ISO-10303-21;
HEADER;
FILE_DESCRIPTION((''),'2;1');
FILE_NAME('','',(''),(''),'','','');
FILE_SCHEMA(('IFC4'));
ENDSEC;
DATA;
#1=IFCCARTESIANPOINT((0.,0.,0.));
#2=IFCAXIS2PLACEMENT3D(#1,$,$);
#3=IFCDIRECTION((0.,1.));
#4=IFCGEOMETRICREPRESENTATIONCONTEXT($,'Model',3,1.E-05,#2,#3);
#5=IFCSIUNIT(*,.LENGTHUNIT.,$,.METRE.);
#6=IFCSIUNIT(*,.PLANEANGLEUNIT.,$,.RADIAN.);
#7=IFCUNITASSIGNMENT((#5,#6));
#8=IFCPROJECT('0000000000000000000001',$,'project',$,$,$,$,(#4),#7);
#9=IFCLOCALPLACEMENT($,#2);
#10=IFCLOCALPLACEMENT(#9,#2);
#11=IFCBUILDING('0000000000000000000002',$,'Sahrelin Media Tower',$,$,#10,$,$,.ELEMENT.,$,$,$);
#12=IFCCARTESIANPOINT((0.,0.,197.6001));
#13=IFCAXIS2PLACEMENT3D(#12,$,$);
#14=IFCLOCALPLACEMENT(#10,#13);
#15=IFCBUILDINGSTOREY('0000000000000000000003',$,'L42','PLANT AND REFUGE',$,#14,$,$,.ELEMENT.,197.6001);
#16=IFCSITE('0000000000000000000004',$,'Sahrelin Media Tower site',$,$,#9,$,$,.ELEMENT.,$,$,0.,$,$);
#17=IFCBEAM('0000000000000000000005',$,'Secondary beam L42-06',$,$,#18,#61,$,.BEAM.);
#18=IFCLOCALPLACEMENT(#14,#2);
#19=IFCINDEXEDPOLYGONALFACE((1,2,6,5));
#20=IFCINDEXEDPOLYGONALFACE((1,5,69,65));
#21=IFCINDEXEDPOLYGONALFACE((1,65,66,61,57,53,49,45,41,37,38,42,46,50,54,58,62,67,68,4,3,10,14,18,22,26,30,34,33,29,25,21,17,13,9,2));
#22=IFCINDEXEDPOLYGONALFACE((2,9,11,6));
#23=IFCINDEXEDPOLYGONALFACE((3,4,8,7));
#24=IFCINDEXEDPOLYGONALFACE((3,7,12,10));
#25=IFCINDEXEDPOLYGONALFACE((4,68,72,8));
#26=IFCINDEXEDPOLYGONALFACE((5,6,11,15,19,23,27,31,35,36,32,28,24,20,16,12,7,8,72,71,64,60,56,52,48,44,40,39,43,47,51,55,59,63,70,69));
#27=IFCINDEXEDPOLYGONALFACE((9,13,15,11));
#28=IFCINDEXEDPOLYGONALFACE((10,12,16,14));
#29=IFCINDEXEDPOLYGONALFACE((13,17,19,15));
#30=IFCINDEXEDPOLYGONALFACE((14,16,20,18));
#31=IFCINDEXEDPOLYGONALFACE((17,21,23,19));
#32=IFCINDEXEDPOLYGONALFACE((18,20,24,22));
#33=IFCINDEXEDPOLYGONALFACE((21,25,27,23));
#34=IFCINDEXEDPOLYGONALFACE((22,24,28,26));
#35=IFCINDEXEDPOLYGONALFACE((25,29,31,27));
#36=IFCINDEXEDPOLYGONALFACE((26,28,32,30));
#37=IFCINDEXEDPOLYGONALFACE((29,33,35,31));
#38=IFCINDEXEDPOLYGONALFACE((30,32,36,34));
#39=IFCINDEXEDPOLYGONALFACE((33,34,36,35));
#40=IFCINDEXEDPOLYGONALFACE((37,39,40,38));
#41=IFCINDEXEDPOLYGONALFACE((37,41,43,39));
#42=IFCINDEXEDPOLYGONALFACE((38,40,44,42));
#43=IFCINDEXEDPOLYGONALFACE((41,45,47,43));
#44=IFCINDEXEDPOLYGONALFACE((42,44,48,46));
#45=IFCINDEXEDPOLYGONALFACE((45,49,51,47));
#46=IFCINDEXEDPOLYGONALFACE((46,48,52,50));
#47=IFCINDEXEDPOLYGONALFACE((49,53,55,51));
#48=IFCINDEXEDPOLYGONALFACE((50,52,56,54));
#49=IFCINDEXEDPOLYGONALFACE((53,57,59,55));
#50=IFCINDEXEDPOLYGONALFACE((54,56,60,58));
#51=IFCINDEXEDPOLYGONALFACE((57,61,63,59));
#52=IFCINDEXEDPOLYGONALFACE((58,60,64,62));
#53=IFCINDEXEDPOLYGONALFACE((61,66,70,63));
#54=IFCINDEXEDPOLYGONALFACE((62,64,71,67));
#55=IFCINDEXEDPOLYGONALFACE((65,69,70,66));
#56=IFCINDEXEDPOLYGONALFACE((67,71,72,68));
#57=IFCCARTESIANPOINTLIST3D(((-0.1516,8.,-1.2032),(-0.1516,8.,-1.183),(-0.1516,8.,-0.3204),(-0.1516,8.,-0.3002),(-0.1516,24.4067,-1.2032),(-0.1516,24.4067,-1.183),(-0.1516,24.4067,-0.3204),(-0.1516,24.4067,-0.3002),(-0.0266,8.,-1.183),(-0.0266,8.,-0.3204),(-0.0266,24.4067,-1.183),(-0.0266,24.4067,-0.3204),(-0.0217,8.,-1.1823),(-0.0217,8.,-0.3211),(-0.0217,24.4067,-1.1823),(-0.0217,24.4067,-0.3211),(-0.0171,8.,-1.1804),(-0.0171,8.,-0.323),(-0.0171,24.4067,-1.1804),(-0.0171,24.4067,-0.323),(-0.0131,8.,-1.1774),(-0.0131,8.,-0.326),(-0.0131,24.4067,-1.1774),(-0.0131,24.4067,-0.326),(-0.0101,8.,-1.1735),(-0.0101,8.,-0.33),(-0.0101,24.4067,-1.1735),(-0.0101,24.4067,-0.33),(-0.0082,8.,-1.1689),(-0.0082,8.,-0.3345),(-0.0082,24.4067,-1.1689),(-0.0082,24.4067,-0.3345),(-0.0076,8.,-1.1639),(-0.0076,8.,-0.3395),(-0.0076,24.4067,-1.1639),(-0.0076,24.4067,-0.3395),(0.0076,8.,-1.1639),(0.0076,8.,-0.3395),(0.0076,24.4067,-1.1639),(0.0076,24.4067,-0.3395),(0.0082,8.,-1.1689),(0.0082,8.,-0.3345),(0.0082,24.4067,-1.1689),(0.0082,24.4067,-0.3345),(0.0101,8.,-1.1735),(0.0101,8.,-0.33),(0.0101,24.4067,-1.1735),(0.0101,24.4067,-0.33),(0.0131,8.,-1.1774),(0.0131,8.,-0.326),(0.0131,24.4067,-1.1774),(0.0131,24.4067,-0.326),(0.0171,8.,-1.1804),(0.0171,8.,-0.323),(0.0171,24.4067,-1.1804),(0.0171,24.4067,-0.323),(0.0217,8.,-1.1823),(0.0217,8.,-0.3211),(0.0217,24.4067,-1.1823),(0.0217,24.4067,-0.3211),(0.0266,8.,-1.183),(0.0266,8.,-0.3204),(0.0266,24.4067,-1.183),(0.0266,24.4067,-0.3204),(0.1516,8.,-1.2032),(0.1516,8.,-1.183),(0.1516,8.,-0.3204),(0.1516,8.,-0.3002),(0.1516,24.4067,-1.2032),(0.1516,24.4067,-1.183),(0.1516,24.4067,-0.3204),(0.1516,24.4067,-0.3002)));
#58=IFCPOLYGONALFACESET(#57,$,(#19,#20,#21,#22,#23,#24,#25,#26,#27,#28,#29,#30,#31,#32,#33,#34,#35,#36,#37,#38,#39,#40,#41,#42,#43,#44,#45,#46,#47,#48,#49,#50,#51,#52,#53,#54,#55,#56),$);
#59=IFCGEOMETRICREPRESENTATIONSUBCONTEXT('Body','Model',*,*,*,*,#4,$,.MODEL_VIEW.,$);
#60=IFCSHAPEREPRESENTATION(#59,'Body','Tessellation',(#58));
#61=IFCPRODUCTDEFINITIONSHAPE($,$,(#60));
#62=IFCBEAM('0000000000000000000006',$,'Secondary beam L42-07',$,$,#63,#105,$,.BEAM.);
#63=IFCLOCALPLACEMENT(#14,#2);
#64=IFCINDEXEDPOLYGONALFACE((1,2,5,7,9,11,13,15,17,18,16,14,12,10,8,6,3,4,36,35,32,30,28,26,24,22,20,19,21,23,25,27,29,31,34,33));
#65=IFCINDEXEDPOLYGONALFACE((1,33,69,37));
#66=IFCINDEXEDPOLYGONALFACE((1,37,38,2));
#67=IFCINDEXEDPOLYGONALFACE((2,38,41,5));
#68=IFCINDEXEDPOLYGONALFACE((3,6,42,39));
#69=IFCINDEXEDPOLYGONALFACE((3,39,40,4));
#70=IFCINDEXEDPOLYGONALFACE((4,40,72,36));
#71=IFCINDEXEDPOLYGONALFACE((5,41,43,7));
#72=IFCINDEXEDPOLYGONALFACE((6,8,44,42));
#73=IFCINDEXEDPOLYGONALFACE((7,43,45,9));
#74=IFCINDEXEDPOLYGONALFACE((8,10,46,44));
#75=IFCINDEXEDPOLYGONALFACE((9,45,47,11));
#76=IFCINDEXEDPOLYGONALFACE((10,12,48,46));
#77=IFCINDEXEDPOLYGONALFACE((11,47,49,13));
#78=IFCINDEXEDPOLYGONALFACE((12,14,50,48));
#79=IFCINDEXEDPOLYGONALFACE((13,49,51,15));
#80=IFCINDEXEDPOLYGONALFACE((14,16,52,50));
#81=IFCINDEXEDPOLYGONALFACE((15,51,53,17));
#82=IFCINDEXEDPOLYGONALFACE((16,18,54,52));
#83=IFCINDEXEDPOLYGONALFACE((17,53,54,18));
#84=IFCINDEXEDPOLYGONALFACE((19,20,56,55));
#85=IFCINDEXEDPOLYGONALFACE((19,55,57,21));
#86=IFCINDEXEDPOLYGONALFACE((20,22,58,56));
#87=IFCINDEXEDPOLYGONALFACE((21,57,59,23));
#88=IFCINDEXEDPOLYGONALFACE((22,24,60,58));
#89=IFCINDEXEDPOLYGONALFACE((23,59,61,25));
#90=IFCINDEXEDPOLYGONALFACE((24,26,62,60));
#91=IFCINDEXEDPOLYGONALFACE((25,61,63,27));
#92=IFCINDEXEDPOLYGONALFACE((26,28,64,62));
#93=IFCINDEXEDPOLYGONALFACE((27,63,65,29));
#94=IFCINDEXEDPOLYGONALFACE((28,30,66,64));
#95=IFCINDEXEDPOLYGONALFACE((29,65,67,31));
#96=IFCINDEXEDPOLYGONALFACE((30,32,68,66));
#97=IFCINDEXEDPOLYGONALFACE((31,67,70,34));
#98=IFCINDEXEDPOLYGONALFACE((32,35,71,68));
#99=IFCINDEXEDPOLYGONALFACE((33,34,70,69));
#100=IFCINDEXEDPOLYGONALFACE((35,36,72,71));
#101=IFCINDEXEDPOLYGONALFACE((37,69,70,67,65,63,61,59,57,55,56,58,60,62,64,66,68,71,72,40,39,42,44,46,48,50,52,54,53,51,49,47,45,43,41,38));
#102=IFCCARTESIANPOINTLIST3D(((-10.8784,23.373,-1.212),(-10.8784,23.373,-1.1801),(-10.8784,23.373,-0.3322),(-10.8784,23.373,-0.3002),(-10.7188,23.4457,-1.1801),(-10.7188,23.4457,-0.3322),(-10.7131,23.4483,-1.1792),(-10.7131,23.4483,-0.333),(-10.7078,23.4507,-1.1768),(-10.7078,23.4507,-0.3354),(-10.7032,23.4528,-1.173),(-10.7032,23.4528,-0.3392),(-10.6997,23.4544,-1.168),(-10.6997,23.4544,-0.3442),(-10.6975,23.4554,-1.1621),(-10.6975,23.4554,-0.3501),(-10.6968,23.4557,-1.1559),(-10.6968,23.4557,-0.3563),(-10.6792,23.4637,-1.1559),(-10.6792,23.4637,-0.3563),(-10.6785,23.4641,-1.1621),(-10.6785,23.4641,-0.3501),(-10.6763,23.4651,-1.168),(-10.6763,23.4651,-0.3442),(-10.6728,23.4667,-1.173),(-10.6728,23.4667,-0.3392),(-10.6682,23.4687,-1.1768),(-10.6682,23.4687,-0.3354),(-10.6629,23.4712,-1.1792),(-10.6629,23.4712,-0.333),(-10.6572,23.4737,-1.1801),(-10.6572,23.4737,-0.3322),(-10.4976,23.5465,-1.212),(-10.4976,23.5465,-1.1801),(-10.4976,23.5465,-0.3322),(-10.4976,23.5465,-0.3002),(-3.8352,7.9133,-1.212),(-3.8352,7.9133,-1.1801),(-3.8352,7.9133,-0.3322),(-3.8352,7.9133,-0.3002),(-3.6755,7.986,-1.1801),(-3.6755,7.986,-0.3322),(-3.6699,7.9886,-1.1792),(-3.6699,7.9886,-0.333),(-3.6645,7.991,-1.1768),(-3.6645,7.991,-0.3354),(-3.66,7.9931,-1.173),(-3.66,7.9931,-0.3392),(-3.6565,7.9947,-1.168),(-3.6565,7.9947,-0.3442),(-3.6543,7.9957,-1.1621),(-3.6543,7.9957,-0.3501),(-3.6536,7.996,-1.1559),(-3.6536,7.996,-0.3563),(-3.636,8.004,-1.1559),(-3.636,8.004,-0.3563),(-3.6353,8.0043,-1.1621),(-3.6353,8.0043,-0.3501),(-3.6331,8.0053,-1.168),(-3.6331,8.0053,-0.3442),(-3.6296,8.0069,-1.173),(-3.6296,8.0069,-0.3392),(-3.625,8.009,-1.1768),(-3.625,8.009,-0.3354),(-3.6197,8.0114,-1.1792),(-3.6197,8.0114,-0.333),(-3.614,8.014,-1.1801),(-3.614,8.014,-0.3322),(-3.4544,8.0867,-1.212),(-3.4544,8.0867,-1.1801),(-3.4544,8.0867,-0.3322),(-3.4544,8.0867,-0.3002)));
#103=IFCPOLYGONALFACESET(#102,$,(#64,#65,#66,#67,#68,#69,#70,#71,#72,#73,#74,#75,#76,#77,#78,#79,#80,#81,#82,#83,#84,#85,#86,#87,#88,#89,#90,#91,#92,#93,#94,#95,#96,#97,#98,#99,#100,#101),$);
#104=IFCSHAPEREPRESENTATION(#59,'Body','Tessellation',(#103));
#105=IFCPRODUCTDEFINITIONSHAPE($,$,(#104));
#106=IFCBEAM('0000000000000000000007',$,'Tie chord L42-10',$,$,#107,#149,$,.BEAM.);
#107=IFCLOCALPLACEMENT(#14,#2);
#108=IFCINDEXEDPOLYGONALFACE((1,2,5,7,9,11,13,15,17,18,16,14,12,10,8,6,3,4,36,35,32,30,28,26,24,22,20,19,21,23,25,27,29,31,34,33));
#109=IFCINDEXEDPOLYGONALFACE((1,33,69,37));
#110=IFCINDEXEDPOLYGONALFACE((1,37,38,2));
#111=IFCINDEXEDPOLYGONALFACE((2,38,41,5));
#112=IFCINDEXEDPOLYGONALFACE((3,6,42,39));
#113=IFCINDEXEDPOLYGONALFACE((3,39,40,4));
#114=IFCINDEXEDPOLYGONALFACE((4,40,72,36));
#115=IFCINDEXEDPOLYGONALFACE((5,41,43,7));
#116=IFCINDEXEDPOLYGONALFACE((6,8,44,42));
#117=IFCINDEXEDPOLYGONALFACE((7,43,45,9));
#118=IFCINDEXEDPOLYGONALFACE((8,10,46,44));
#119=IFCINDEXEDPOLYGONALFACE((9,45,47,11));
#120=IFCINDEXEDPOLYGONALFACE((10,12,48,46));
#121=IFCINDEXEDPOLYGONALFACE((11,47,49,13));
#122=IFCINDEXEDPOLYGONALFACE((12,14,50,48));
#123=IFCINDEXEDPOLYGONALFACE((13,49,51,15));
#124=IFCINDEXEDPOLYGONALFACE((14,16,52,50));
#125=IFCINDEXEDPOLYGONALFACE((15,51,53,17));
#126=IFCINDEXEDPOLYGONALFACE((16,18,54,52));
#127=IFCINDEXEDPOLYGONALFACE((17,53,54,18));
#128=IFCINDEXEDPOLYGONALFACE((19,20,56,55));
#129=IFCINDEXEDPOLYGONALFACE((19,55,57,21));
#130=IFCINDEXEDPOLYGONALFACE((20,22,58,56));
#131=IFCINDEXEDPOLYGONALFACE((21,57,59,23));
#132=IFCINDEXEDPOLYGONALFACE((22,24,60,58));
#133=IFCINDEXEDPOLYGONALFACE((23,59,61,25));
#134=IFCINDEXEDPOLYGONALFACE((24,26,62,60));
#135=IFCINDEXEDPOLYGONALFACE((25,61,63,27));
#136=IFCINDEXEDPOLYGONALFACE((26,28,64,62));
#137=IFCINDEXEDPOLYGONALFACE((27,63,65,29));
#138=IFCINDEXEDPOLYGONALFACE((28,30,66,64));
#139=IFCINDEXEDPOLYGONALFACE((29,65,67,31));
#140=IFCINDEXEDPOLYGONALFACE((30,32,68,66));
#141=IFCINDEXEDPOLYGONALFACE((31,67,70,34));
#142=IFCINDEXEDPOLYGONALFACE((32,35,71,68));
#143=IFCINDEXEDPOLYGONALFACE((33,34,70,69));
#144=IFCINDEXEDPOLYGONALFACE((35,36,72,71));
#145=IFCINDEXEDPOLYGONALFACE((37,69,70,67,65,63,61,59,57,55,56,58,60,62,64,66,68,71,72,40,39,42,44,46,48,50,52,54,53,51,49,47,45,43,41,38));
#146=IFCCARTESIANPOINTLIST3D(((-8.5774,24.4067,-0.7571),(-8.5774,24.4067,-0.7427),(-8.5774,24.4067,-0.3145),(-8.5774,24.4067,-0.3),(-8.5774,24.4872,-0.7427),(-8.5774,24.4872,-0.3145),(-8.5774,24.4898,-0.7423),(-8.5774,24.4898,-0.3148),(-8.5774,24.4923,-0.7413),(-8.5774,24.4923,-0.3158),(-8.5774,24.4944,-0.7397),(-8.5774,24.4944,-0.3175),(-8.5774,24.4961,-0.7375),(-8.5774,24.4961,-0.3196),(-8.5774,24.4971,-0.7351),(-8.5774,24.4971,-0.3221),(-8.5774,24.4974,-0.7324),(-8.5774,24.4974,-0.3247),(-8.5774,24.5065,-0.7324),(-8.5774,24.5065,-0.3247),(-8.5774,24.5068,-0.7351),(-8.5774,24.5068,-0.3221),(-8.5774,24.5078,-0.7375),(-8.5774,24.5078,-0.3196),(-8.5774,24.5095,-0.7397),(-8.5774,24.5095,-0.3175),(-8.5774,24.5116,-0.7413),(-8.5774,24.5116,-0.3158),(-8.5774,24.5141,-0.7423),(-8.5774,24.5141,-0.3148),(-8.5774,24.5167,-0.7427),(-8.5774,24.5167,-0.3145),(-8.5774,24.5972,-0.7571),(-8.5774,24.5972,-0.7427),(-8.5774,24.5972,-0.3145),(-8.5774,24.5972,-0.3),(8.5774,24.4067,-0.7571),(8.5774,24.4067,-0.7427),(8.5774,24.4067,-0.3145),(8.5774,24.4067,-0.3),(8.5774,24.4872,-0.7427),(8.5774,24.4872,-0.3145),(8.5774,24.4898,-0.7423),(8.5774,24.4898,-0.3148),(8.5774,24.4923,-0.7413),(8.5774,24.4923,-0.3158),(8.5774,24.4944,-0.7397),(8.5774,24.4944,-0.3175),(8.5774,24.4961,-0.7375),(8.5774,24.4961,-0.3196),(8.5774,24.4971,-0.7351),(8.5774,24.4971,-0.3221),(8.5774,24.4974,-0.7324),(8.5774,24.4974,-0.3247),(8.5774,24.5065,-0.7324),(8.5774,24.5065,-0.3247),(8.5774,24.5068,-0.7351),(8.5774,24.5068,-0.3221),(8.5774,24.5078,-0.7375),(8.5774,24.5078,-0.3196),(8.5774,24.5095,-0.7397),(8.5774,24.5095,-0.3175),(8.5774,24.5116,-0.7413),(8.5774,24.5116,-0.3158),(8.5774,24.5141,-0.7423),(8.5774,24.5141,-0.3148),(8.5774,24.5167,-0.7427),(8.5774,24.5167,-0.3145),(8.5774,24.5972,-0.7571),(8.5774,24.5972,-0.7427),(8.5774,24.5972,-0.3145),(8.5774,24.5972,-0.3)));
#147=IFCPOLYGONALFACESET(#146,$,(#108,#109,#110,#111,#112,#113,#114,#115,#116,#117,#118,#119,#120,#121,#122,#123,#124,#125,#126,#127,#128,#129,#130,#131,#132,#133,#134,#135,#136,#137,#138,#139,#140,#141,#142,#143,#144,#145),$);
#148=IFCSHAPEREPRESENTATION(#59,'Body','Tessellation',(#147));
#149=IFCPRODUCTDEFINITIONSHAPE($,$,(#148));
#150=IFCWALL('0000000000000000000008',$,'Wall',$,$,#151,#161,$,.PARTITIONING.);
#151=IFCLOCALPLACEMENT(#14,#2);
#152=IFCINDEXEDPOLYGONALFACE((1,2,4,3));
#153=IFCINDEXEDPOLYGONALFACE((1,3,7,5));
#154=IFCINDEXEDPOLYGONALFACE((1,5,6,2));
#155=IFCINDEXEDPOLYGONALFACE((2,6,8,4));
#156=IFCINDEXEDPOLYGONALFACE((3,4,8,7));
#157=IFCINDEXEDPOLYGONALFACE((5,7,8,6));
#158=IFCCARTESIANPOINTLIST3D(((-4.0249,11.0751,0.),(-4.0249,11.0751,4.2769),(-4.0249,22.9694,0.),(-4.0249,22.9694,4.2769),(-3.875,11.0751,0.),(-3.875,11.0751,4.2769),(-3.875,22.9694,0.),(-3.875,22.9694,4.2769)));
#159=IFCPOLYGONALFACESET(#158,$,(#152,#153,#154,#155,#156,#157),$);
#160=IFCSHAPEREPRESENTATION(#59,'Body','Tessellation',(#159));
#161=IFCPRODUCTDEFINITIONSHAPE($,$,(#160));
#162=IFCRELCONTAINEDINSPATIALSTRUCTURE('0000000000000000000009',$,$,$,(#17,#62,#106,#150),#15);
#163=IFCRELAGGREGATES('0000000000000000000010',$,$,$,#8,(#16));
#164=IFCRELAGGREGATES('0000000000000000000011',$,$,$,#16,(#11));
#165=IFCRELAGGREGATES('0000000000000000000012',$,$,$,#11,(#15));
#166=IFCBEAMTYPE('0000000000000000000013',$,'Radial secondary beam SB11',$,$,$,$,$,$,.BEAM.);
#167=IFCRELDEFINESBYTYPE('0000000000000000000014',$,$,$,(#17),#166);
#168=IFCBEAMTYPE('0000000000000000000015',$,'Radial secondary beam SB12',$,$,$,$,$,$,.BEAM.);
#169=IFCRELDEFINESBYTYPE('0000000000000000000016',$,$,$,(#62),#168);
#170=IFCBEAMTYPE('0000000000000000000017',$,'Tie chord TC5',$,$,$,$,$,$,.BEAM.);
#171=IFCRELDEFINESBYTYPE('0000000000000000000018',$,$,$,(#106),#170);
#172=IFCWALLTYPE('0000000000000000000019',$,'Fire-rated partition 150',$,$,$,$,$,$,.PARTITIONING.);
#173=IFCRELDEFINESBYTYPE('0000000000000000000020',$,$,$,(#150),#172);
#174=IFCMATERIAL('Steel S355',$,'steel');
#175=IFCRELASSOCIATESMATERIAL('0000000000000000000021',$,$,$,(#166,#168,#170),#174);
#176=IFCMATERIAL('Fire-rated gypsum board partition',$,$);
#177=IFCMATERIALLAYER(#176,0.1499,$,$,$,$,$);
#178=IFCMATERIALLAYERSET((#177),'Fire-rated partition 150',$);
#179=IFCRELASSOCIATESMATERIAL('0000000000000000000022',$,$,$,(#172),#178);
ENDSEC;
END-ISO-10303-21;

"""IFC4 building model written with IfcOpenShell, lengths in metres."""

from ifc_helpers import new_model, si_unit, direction, frame, frame_2d, origin, origin_2d, place, context, subcontext, project, spatial, rectangle, i_section, extrude, material, layer, layer_set, material_profile, profile_set, type_object, element, save


model = new_model("IFC4")

# Units and contexts
model_context = context("Model", 3, precision=1e-05, world=origin(), true_north=direction((0.0, 1.0)))
body_context = subcontext(model_context, "Body", "Model", "MODEL_VIEW")
ifc_project = project(units=[si_unit("LENGTHUNIT", "METRE"), si_unit("PLANEANGLEUNIT", "RADIAN")], contexts=[model_context])

# Site, building, storey
site_placement = place(None, origin())
site = spatial("IfcSite", under=ifc_project, at=site_placement, Name="Sahrelin Media Tower site", CompositionType="ELEMENT", RefElevation=0.0)
building_placement = place(site_placement, origin())
building = spatial("IfcBuilding", under=site, at=building_placement, Name="Sahrelin Media Tower", CompositionType="ELEMENT")
storey_placement = place(building_placement, frame((0.0, 0.0, 197.6001)))
storey = spatial("IfcBuildingStorey", under=building, at=storey_placement, Name="L42", Description="PLANT AND REFUGE", CompositionType="ELEMENT", Elevation=197.6001)

# Beams
ifc_material_1 = material(Name="Steel S355", Category="steel")
ifc_material_profile_1 = material_profile(ifc_material_1, i_section(OverallWidth=0.3032, OverallDepth=0.9031, WebThickness=0.0151, FlangeThickness=0.0203, FilletRadius=0.019, at=origin_2d()), Name="UB 914x305x201")
ifc_profile_set_1 = profile_set([ifc_material_profile_1], Name="Steel S355")
beam_type_1 = type_object("IfcBeamType", Name="Radial secondary beam SB11", PredefinedType="BEAM", material=ifc_profile_set_1)
beam_1_placement = place(storey_placement, frame((0.0, 8.0, -0.7517), z_axis=(0.0, 1.0, 0.0), x_axis=(-1.0, 0.0, 0.0)))
element("IfcBeam", 1, at=beam_1_placement, inside=storey, type_object=beam_type_1, Name="Secondary beam L42-06", PredefinedType="BEAM", context=body_context, shape_type="SweptSolid", body=[
    extrude(i_section(OverallWidth=0.3032, OverallDepth=0.9031, WebThickness=0.0151, FlangeThickness=0.0203, FilletRadius=0.019, at=origin_2d()), origin(), (0.0, 0.0, 1.0), 16.4067),
])
ifc_material_profile_2 = material_profile(ifc_material_1, i_section(OverallWidth=0.4185, OverallDepth=0.9119, WebThickness=0.0193, FlangeThickness=0.032, FilletRadius=0.0242, at=origin_2d()), Name="UB 914x419x343")
ifc_profile_set_2 = profile_set([ifc_material_profile_2], Name="Steel S355")
beam_type_2 = type_object("IfcBeamType", Name="Radial secondary beam SB12", PredefinedType="BEAM", material=ifc_profile_set_2)
beam_2_placement = place(storey_placement, frame((-3.6448, 8.0, -0.7561), z_axis=(-0.414587, 0.91001, 0.0), x_axis=(-0.91001, -0.414587, 0.0)))
element("IfcBeam", 2, at=beam_2_placement, inside=storey, type_object=beam_type_2, Name="Secondary beam L42-07", PredefinedType="BEAM", context=body_context, shape_type="SweptSolid", body=[
    extrude(i_section(OverallWidth=0.4185, OverallDepth=0.9119, WebThickness=0.0193, FlangeThickness=0.032, FilletRadius=0.0242, at=origin_2d()), origin(), (0.0, 0.0, 1.0), 16.9885),
])
ifc_material_profile_3 = material_profile(ifc_material_1, i_section(OverallWidth=0.1904, OverallDepth=0.457, WebThickness=0.009, FlangeThickness=0.0144, FilletRadius=0.0103, at=origin_2d()), Name="UB 457x191x74")
ifc_profile_set_3 = profile_set([ifc_material_profile_3], Name="Steel S355")
beam_type_3 = type_object("IfcBeamType", Name="Tie chord TC5", PredefinedType="BEAM", material=ifc_profile_set_3)
beam_3_placement = place(storey_placement, frame((-8.5774, 24.502, -0.5286), z_axis=(1.0, 0.0, 0.0), x_axis=(0.0, 1.0, 0.0)))
element("IfcBeam", 3, at=beam_3_placement, inside=storey, type_object=beam_type_3, Name="Tie chord L42-10", PredefinedType="BEAM", context=body_context, shape_type="SweptSolid", body=[
    extrude(i_section(OverallWidth=0.1904, OverallDepth=0.457, WebThickness=0.009, FlangeThickness=0.0144, FilletRadius=0.0103, at=origin_2d()), origin(), (0.0, 0.0, 1.0), 17.1548),
])

# Wall
ifc_material_2 = material(Name="Fire-rated gypsum board partition")
ifc_layer_1 = layer(ifc_material_2, 0.1499)
ifc_layer_set_1 = layer_set([ifc_layer_1], Name="Fire-rated partition 150")
wall_type_1 = type_object("IfcWallType", Name="Fire-rated partition 150", PredefinedType="PARTITIONING", material=ifc_layer_set_1)
wall_1_placement = place(storey_placement, frame((-3.95, 11.075, 0.0), z_axis=(0.0, 0.0, 1.0), x_axis=(0.0, 1.0, 0.0)))
element("IfcWall", 4, at=wall_1_placement, inside=storey, type_object=wall_type_1, Name="Wall", PredefinedType="PARTITIONING", context=body_context, shape_type="SweptSolid", body=[
    extrude(rectangle(XDim=11.8943, YDim=0.1499, at=frame_2d((5.9473, 0.0))), origin(), (0.0, 0.0, 1.0), 4.2769),
])

save(model, "model.ifc")
